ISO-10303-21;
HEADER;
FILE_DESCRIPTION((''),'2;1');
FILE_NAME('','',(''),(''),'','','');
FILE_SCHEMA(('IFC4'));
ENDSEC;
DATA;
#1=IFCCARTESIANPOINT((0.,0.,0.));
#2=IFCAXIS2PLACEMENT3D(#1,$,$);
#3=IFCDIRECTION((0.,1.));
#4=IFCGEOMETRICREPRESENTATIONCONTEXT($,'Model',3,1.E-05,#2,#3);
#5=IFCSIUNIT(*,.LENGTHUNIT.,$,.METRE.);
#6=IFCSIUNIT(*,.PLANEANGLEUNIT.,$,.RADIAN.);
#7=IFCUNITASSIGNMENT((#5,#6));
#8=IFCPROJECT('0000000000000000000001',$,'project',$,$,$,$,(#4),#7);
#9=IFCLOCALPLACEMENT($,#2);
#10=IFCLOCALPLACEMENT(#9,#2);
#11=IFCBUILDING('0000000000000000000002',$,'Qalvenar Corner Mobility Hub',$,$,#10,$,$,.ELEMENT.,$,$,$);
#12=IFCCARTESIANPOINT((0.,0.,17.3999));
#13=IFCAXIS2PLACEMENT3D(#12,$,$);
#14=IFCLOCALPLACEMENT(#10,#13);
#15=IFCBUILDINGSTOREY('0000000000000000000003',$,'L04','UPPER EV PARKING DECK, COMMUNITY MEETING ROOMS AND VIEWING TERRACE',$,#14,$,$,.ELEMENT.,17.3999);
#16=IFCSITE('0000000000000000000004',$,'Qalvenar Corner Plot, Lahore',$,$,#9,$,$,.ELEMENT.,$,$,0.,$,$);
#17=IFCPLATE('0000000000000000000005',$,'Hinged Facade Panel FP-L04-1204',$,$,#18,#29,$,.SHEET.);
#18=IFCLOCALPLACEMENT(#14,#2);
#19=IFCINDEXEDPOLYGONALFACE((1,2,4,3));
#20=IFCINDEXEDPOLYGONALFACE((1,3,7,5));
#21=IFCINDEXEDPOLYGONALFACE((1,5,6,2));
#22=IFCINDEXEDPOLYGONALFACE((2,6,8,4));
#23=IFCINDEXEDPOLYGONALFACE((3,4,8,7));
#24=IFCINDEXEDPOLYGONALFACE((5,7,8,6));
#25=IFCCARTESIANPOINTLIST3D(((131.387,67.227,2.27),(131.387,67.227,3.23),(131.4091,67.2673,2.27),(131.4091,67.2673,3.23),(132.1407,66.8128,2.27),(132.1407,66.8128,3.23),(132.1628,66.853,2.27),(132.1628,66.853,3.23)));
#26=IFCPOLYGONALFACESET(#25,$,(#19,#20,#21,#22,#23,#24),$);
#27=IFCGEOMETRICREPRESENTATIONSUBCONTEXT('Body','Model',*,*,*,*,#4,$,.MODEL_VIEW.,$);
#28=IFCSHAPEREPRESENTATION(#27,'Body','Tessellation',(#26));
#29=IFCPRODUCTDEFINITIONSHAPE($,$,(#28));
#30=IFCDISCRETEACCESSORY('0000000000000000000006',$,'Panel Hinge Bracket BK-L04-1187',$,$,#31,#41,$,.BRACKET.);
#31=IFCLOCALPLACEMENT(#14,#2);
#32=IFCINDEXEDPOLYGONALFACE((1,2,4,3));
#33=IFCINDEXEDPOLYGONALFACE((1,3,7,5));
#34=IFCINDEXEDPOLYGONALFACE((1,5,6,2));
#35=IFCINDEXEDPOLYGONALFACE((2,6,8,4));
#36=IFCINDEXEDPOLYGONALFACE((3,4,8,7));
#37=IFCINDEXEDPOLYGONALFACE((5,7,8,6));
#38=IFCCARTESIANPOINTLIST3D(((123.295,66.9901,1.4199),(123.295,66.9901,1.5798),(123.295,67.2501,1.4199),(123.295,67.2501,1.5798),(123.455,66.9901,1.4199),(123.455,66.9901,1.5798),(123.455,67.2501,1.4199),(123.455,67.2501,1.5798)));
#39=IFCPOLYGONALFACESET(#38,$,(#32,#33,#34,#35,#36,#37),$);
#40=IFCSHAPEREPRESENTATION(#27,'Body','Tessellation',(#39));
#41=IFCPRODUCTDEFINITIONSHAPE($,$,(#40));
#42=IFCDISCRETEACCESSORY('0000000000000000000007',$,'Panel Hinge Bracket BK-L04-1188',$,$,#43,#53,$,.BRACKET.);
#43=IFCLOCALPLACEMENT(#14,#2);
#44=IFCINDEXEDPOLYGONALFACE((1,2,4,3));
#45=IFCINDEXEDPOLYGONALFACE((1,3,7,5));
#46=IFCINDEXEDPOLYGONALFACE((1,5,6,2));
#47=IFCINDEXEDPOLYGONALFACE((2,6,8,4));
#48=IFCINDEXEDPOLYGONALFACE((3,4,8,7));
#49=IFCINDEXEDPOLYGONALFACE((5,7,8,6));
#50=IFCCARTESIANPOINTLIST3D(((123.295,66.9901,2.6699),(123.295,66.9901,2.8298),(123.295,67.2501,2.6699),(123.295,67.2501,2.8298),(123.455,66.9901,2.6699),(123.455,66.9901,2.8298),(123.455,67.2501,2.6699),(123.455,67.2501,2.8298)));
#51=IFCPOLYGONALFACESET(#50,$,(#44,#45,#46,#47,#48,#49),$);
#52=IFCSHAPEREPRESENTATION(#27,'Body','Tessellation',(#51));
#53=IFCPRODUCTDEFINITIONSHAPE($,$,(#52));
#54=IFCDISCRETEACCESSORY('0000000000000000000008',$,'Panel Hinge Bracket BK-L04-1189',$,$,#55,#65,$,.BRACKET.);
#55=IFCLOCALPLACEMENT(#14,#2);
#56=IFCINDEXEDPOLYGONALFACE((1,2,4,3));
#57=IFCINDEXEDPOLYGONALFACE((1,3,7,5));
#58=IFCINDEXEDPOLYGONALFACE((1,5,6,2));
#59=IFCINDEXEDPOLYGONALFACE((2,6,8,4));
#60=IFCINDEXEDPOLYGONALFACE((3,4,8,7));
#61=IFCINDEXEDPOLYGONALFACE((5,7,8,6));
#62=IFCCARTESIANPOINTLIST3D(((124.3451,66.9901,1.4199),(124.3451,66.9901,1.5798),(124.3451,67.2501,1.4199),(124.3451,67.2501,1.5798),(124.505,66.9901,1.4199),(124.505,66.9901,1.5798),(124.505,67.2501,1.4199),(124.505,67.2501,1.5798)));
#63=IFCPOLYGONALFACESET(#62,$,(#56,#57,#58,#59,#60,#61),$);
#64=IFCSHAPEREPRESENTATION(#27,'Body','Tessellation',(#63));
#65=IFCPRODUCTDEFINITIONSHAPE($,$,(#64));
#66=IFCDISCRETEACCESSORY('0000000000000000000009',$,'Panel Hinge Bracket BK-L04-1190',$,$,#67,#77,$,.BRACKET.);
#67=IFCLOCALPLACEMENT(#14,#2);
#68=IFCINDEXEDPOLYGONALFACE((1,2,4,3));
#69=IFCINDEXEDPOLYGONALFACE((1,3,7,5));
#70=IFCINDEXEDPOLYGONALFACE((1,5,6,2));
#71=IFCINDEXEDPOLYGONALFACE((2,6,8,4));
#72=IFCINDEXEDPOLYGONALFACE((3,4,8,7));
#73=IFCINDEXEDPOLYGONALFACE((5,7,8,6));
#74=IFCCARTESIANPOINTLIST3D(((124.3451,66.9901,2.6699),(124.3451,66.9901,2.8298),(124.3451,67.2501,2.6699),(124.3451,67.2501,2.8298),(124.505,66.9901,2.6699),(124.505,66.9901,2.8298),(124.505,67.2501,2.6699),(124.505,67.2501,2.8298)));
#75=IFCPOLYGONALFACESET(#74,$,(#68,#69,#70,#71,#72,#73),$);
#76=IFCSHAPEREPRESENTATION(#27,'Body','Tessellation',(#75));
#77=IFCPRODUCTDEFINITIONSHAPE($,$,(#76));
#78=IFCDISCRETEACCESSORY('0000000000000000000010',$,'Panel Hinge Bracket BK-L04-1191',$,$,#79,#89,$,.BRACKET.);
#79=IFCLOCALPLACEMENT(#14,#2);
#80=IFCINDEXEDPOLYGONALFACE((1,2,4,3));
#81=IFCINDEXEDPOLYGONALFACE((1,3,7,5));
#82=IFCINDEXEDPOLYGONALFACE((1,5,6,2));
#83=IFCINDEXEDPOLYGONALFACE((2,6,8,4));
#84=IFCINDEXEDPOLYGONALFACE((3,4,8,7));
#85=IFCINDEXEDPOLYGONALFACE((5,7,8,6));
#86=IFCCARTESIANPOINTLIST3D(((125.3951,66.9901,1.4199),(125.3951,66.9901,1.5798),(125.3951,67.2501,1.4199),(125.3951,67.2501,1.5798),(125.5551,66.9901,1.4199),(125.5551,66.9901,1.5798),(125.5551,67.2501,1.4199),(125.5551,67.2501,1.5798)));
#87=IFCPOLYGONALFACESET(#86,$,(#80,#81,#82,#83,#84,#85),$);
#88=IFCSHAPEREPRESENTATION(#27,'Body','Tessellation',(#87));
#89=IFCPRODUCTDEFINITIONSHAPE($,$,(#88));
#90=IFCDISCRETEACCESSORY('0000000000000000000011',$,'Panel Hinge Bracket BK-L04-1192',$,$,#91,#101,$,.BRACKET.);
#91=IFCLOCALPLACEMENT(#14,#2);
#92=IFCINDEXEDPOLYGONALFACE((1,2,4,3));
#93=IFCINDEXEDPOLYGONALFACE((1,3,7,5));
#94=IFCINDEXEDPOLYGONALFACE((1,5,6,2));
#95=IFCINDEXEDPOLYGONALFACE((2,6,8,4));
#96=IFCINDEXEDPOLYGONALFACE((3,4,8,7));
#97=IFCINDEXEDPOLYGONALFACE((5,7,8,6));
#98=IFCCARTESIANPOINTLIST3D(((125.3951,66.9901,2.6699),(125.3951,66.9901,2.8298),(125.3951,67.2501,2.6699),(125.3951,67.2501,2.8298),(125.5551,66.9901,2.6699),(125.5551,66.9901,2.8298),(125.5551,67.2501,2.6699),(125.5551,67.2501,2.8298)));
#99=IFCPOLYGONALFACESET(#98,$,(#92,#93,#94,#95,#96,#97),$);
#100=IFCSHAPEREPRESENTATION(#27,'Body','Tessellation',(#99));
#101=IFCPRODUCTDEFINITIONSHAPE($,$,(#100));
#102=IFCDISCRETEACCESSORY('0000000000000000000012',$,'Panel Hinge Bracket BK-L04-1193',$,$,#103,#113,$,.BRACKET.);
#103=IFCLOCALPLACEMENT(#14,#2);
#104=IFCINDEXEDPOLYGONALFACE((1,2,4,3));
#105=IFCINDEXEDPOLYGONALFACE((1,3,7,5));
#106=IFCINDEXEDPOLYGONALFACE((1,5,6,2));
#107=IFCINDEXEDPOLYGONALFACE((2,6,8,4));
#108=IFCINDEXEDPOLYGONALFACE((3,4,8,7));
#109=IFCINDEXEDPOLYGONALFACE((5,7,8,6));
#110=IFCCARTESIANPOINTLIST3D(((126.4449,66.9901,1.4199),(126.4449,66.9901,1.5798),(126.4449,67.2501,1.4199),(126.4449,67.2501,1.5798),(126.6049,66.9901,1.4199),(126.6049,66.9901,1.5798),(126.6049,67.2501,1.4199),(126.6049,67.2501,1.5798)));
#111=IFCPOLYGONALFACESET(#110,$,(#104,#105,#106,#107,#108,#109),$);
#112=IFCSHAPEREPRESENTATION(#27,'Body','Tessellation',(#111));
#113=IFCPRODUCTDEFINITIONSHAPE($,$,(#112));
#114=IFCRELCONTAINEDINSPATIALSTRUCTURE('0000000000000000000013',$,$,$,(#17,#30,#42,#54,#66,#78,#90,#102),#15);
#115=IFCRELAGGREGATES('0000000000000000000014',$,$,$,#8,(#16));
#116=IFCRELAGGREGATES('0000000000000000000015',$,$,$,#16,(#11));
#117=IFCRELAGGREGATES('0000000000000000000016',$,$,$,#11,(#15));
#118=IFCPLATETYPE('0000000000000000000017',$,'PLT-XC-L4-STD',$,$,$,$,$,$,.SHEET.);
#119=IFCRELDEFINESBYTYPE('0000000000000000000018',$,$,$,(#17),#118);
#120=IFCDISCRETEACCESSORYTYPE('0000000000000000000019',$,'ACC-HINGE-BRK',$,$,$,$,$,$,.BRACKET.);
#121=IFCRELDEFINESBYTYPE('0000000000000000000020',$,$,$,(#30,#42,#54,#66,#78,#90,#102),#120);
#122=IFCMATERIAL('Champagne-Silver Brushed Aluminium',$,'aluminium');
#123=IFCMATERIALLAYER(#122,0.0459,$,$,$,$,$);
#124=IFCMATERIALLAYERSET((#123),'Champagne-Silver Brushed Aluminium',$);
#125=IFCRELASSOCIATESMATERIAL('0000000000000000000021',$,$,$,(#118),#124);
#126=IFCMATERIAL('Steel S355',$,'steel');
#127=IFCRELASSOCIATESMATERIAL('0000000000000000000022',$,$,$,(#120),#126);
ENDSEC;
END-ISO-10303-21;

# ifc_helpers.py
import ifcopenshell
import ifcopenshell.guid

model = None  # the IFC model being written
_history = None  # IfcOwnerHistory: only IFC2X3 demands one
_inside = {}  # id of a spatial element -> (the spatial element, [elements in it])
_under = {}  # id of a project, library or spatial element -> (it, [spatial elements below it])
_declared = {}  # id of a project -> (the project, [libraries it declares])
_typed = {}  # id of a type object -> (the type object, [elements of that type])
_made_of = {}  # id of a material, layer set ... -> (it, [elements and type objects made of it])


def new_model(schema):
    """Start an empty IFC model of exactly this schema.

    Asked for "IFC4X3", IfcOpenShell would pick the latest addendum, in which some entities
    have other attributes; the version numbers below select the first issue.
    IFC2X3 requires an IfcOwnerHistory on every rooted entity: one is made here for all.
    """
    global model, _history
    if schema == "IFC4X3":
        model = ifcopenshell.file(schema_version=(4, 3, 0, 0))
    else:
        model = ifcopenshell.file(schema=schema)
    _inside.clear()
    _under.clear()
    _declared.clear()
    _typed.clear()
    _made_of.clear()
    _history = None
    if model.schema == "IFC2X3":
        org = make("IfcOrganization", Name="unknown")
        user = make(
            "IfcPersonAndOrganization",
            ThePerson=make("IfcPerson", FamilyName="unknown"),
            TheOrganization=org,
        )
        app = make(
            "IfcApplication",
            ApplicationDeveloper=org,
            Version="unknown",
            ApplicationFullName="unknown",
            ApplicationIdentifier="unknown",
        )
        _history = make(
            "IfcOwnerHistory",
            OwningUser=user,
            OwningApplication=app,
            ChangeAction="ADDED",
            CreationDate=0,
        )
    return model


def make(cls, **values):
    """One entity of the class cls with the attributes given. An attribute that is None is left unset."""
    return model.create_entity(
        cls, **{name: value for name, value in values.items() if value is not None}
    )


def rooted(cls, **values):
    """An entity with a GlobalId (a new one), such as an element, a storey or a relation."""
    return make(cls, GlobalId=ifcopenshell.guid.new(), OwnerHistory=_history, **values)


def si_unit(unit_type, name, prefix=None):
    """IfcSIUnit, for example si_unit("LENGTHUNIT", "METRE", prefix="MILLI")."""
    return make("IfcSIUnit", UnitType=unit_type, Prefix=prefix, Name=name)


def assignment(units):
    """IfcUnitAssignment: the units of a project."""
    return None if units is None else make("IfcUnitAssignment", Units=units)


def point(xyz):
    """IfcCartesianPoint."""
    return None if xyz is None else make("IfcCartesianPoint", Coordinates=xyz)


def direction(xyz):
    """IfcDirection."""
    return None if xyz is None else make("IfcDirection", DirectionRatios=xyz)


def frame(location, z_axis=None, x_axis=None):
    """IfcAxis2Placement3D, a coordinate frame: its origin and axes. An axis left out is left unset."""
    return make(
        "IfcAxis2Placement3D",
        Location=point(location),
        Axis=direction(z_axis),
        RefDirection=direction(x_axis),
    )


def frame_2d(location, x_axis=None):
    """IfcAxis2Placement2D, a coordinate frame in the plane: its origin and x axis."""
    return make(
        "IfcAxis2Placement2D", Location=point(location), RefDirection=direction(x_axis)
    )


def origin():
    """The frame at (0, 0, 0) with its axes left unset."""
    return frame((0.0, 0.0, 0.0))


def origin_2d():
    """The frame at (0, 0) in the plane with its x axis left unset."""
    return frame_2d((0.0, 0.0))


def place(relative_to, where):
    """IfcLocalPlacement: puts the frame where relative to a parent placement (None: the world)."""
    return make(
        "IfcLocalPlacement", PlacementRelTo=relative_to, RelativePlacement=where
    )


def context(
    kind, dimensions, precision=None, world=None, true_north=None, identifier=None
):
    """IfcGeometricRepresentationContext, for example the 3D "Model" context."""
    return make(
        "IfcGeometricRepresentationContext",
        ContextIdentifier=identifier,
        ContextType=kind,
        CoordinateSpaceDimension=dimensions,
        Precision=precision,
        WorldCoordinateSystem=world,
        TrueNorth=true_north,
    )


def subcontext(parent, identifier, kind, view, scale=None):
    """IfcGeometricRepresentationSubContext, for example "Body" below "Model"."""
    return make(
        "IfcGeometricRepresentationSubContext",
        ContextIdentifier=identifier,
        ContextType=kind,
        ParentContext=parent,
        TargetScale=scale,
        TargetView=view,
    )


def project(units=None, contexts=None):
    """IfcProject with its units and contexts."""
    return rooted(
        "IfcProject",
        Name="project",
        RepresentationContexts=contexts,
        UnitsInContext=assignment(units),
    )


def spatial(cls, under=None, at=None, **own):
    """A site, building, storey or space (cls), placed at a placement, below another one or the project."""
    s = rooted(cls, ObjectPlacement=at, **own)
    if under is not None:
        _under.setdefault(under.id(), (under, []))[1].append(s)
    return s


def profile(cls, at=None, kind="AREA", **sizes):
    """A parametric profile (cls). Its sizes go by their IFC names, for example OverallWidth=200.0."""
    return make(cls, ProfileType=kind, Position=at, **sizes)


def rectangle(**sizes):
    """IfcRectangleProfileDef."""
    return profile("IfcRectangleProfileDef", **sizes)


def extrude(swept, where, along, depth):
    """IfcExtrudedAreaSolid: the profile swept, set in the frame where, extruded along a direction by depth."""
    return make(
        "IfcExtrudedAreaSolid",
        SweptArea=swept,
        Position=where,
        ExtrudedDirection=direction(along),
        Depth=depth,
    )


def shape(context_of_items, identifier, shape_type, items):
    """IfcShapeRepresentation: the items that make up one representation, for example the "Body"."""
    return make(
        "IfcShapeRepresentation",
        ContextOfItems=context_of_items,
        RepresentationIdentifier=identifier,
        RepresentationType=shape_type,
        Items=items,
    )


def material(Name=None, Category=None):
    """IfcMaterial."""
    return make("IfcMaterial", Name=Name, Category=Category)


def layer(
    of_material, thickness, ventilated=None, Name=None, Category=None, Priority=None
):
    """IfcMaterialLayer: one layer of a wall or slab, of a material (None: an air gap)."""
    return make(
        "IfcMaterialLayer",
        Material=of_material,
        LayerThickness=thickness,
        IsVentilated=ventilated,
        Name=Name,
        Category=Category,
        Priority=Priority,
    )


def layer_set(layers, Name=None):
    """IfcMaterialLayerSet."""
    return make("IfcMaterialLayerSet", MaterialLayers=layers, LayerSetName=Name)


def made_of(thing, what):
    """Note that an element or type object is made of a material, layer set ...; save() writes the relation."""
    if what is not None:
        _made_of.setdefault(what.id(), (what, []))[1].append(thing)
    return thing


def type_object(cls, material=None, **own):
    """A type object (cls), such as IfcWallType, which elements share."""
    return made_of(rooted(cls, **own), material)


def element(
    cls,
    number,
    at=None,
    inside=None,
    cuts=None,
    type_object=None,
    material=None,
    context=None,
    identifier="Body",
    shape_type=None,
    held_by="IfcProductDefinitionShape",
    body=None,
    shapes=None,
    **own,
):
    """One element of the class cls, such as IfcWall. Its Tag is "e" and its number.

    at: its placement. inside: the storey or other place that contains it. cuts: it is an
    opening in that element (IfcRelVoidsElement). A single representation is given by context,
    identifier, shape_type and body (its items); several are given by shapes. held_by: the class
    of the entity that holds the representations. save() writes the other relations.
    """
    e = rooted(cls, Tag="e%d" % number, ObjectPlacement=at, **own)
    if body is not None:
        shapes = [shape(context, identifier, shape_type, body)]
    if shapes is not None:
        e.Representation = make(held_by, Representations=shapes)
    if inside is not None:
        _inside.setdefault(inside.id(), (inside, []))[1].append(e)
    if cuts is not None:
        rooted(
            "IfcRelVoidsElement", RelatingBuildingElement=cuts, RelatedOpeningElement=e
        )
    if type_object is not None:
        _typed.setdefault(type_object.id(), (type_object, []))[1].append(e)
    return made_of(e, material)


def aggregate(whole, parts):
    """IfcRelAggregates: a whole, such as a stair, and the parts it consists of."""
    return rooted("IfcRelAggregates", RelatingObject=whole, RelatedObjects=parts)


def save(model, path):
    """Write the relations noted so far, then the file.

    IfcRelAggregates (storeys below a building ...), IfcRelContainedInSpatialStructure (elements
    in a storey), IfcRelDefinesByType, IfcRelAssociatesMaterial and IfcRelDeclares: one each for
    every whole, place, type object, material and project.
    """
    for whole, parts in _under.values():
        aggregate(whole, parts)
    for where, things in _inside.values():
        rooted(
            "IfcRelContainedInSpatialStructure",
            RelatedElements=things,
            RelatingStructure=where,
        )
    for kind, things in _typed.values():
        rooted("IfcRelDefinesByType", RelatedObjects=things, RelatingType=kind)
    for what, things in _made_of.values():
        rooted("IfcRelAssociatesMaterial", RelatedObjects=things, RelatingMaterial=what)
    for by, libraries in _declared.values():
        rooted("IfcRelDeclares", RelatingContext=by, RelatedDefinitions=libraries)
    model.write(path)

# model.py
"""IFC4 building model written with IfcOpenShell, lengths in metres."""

from ifc_helpers import new_model, si_unit, direction, frame, origin, origin_2d, place, context, subcontext, project, spatial, rectangle, extrude, material, layer, layer_set, type_object, element, save


model = new_model("IFC4")

# Units and contexts
model_context = context("Model", 3, precision=1e-05, world=origin(), true_north=direction((0.0, 1.0)))
body_context = subcontext(model_context, "Body", "Model", "MODEL_VIEW")
ifc_project = project(units=[si_unit("LENGTHUNIT", "METRE"), si_unit("PLANEANGLEUNIT", "RADIAN")], contexts=[model_context])

# Site, building, storey
site_placement = place(None, origin())
site = spatial("IfcSite", under=ifc_project, at=site_placement, Name="Qalvenar Corner Plot, Lahore", CompositionType="ELEMENT", RefElevation=0.0)
building_placement = place(site_placement, origin())
building = spatial("IfcBuilding", under=site, at=building_placement, Name="Qalvenar Corner Mobility Hub", CompositionType="ELEMENT")
storey_placement = place(building_placement, frame((0.0, 0.0, 17.3999)))
storey = spatial("IfcBuildingStorey", under=building, at=storey_placement, Name="L04", Description="UPPER EV PARKING DECK, COMMUNITY MEETING ROOMS AND VIEWING TERRACE", CompositionType="ELEMENT", Elevation=17.3999)

# Plate
ifc_material_1 = material(Name="Champagne-Silver Brushed Aluminium", Category="aluminium")
ifc_layer_1 = layer(ifc_material_1, 0.0459)
ifc_layer_set_1 = layer_set([ifc_layer_1], Name="Champagne-Silver Brushed Aluminium")
plate_type_1 = type_object("IfcPlateType", Name="PLT-XC-L4-STD", PredefinedType="SHEET", material=ifc_layer_set_1)
for number, where, z_axis, x_axis, name in (
    (1, (131.7749, 67.04, 2.27), (0.0, 0.0, 1.0), (0.876391, -0.481601, 0.0), "Hinged Facade Panel FP-L04-1204"),
):
    element("IfcPlate", number, at=place(storey_placement, frame(where, z_axis=z_axis, x_axis=x_axis)), inside=storey, type_object=plate_type_1, Name=name, PredefinedType="SHEET", context=body_context, shape_type="SweptSolid", body=[
        extrude(rectangle(XDim=0.8601, YDim=0.0459, at=origin_2d()), origin(), (0.0, 0.0, 1.0), 0.96),
    ])

# Discrete accessories
ifc_material_2 = material(Name="Steel S355", Category="steel")
discrete_accessory_type = type_object("IfcDiscreteAccessoryType", Name="ACC-HINGE-BRK", PredefinedType="BRACKET", material=ifc_material_2)
for number, where, z_axis, x_axis, name in (
    (2, (123.375, 67.1201, 1.4199), (0.0, 0.0, 1.0), (1.0, 0.0, 0.0), "Panel Hinge Bracket BK-L04-1187"),
    (3, (123.375, 67.1201, 2.6699), (0.0, 0.0, 1.0), (1.0, 0.0, 0.0), "Panel Hinge Bracket BK-L04-1188"),
    (4, (124.425, 67.1201, 1.4199), (0.0, 0.0, 1.0), (1.0, 0.0, 0.0), "Panel Hinge Bracket BK-L04-1189"),
    (5, (124.425, 67.1201, 2.6699), (0.0, 0.0, 1.0), (1.0, 0.0, 0.0), "Panel Hinge Bracket BK-L04-1190"),
    (6, (125.4751, 67.1201, 1.4199), (0.0, 0.0, 1.0), (1.0, 0.0, 0.0), "Panel Hinge Bracket BK-L04-1191"),
    (7, (125.4751, 67.1201, 2.6699), (0.0, 0.0, 1.0), (1.0, 0.0, 0.0), "Panel Hinge Bracket BK-L04-1192"),
    (8, (126.5249, 67.1201, 1.4199), (0.0, 0.0, 1.0), (1.0, 0.0, 0.0), "Panel Hinge Bracket BK-L04-1193"),
):
    element("IfcDiscreteAccessory", number, at=place(storey_placement, frame(where, z_axis=z_axis, x_axis=x_axis)), inside=storey, type_object=discrete_accessory_type, Name=name, PredefinedType="BRACKET", context=body_context, shape_type="SweptSolid", body=[
        extrude(rectangle(XDim=0.1599, YDim=0.26, at=origin_2d()), origin(), (0.0, 0.0, 1.0), 0.1599),
    ])

save(model, "model.ifc")
